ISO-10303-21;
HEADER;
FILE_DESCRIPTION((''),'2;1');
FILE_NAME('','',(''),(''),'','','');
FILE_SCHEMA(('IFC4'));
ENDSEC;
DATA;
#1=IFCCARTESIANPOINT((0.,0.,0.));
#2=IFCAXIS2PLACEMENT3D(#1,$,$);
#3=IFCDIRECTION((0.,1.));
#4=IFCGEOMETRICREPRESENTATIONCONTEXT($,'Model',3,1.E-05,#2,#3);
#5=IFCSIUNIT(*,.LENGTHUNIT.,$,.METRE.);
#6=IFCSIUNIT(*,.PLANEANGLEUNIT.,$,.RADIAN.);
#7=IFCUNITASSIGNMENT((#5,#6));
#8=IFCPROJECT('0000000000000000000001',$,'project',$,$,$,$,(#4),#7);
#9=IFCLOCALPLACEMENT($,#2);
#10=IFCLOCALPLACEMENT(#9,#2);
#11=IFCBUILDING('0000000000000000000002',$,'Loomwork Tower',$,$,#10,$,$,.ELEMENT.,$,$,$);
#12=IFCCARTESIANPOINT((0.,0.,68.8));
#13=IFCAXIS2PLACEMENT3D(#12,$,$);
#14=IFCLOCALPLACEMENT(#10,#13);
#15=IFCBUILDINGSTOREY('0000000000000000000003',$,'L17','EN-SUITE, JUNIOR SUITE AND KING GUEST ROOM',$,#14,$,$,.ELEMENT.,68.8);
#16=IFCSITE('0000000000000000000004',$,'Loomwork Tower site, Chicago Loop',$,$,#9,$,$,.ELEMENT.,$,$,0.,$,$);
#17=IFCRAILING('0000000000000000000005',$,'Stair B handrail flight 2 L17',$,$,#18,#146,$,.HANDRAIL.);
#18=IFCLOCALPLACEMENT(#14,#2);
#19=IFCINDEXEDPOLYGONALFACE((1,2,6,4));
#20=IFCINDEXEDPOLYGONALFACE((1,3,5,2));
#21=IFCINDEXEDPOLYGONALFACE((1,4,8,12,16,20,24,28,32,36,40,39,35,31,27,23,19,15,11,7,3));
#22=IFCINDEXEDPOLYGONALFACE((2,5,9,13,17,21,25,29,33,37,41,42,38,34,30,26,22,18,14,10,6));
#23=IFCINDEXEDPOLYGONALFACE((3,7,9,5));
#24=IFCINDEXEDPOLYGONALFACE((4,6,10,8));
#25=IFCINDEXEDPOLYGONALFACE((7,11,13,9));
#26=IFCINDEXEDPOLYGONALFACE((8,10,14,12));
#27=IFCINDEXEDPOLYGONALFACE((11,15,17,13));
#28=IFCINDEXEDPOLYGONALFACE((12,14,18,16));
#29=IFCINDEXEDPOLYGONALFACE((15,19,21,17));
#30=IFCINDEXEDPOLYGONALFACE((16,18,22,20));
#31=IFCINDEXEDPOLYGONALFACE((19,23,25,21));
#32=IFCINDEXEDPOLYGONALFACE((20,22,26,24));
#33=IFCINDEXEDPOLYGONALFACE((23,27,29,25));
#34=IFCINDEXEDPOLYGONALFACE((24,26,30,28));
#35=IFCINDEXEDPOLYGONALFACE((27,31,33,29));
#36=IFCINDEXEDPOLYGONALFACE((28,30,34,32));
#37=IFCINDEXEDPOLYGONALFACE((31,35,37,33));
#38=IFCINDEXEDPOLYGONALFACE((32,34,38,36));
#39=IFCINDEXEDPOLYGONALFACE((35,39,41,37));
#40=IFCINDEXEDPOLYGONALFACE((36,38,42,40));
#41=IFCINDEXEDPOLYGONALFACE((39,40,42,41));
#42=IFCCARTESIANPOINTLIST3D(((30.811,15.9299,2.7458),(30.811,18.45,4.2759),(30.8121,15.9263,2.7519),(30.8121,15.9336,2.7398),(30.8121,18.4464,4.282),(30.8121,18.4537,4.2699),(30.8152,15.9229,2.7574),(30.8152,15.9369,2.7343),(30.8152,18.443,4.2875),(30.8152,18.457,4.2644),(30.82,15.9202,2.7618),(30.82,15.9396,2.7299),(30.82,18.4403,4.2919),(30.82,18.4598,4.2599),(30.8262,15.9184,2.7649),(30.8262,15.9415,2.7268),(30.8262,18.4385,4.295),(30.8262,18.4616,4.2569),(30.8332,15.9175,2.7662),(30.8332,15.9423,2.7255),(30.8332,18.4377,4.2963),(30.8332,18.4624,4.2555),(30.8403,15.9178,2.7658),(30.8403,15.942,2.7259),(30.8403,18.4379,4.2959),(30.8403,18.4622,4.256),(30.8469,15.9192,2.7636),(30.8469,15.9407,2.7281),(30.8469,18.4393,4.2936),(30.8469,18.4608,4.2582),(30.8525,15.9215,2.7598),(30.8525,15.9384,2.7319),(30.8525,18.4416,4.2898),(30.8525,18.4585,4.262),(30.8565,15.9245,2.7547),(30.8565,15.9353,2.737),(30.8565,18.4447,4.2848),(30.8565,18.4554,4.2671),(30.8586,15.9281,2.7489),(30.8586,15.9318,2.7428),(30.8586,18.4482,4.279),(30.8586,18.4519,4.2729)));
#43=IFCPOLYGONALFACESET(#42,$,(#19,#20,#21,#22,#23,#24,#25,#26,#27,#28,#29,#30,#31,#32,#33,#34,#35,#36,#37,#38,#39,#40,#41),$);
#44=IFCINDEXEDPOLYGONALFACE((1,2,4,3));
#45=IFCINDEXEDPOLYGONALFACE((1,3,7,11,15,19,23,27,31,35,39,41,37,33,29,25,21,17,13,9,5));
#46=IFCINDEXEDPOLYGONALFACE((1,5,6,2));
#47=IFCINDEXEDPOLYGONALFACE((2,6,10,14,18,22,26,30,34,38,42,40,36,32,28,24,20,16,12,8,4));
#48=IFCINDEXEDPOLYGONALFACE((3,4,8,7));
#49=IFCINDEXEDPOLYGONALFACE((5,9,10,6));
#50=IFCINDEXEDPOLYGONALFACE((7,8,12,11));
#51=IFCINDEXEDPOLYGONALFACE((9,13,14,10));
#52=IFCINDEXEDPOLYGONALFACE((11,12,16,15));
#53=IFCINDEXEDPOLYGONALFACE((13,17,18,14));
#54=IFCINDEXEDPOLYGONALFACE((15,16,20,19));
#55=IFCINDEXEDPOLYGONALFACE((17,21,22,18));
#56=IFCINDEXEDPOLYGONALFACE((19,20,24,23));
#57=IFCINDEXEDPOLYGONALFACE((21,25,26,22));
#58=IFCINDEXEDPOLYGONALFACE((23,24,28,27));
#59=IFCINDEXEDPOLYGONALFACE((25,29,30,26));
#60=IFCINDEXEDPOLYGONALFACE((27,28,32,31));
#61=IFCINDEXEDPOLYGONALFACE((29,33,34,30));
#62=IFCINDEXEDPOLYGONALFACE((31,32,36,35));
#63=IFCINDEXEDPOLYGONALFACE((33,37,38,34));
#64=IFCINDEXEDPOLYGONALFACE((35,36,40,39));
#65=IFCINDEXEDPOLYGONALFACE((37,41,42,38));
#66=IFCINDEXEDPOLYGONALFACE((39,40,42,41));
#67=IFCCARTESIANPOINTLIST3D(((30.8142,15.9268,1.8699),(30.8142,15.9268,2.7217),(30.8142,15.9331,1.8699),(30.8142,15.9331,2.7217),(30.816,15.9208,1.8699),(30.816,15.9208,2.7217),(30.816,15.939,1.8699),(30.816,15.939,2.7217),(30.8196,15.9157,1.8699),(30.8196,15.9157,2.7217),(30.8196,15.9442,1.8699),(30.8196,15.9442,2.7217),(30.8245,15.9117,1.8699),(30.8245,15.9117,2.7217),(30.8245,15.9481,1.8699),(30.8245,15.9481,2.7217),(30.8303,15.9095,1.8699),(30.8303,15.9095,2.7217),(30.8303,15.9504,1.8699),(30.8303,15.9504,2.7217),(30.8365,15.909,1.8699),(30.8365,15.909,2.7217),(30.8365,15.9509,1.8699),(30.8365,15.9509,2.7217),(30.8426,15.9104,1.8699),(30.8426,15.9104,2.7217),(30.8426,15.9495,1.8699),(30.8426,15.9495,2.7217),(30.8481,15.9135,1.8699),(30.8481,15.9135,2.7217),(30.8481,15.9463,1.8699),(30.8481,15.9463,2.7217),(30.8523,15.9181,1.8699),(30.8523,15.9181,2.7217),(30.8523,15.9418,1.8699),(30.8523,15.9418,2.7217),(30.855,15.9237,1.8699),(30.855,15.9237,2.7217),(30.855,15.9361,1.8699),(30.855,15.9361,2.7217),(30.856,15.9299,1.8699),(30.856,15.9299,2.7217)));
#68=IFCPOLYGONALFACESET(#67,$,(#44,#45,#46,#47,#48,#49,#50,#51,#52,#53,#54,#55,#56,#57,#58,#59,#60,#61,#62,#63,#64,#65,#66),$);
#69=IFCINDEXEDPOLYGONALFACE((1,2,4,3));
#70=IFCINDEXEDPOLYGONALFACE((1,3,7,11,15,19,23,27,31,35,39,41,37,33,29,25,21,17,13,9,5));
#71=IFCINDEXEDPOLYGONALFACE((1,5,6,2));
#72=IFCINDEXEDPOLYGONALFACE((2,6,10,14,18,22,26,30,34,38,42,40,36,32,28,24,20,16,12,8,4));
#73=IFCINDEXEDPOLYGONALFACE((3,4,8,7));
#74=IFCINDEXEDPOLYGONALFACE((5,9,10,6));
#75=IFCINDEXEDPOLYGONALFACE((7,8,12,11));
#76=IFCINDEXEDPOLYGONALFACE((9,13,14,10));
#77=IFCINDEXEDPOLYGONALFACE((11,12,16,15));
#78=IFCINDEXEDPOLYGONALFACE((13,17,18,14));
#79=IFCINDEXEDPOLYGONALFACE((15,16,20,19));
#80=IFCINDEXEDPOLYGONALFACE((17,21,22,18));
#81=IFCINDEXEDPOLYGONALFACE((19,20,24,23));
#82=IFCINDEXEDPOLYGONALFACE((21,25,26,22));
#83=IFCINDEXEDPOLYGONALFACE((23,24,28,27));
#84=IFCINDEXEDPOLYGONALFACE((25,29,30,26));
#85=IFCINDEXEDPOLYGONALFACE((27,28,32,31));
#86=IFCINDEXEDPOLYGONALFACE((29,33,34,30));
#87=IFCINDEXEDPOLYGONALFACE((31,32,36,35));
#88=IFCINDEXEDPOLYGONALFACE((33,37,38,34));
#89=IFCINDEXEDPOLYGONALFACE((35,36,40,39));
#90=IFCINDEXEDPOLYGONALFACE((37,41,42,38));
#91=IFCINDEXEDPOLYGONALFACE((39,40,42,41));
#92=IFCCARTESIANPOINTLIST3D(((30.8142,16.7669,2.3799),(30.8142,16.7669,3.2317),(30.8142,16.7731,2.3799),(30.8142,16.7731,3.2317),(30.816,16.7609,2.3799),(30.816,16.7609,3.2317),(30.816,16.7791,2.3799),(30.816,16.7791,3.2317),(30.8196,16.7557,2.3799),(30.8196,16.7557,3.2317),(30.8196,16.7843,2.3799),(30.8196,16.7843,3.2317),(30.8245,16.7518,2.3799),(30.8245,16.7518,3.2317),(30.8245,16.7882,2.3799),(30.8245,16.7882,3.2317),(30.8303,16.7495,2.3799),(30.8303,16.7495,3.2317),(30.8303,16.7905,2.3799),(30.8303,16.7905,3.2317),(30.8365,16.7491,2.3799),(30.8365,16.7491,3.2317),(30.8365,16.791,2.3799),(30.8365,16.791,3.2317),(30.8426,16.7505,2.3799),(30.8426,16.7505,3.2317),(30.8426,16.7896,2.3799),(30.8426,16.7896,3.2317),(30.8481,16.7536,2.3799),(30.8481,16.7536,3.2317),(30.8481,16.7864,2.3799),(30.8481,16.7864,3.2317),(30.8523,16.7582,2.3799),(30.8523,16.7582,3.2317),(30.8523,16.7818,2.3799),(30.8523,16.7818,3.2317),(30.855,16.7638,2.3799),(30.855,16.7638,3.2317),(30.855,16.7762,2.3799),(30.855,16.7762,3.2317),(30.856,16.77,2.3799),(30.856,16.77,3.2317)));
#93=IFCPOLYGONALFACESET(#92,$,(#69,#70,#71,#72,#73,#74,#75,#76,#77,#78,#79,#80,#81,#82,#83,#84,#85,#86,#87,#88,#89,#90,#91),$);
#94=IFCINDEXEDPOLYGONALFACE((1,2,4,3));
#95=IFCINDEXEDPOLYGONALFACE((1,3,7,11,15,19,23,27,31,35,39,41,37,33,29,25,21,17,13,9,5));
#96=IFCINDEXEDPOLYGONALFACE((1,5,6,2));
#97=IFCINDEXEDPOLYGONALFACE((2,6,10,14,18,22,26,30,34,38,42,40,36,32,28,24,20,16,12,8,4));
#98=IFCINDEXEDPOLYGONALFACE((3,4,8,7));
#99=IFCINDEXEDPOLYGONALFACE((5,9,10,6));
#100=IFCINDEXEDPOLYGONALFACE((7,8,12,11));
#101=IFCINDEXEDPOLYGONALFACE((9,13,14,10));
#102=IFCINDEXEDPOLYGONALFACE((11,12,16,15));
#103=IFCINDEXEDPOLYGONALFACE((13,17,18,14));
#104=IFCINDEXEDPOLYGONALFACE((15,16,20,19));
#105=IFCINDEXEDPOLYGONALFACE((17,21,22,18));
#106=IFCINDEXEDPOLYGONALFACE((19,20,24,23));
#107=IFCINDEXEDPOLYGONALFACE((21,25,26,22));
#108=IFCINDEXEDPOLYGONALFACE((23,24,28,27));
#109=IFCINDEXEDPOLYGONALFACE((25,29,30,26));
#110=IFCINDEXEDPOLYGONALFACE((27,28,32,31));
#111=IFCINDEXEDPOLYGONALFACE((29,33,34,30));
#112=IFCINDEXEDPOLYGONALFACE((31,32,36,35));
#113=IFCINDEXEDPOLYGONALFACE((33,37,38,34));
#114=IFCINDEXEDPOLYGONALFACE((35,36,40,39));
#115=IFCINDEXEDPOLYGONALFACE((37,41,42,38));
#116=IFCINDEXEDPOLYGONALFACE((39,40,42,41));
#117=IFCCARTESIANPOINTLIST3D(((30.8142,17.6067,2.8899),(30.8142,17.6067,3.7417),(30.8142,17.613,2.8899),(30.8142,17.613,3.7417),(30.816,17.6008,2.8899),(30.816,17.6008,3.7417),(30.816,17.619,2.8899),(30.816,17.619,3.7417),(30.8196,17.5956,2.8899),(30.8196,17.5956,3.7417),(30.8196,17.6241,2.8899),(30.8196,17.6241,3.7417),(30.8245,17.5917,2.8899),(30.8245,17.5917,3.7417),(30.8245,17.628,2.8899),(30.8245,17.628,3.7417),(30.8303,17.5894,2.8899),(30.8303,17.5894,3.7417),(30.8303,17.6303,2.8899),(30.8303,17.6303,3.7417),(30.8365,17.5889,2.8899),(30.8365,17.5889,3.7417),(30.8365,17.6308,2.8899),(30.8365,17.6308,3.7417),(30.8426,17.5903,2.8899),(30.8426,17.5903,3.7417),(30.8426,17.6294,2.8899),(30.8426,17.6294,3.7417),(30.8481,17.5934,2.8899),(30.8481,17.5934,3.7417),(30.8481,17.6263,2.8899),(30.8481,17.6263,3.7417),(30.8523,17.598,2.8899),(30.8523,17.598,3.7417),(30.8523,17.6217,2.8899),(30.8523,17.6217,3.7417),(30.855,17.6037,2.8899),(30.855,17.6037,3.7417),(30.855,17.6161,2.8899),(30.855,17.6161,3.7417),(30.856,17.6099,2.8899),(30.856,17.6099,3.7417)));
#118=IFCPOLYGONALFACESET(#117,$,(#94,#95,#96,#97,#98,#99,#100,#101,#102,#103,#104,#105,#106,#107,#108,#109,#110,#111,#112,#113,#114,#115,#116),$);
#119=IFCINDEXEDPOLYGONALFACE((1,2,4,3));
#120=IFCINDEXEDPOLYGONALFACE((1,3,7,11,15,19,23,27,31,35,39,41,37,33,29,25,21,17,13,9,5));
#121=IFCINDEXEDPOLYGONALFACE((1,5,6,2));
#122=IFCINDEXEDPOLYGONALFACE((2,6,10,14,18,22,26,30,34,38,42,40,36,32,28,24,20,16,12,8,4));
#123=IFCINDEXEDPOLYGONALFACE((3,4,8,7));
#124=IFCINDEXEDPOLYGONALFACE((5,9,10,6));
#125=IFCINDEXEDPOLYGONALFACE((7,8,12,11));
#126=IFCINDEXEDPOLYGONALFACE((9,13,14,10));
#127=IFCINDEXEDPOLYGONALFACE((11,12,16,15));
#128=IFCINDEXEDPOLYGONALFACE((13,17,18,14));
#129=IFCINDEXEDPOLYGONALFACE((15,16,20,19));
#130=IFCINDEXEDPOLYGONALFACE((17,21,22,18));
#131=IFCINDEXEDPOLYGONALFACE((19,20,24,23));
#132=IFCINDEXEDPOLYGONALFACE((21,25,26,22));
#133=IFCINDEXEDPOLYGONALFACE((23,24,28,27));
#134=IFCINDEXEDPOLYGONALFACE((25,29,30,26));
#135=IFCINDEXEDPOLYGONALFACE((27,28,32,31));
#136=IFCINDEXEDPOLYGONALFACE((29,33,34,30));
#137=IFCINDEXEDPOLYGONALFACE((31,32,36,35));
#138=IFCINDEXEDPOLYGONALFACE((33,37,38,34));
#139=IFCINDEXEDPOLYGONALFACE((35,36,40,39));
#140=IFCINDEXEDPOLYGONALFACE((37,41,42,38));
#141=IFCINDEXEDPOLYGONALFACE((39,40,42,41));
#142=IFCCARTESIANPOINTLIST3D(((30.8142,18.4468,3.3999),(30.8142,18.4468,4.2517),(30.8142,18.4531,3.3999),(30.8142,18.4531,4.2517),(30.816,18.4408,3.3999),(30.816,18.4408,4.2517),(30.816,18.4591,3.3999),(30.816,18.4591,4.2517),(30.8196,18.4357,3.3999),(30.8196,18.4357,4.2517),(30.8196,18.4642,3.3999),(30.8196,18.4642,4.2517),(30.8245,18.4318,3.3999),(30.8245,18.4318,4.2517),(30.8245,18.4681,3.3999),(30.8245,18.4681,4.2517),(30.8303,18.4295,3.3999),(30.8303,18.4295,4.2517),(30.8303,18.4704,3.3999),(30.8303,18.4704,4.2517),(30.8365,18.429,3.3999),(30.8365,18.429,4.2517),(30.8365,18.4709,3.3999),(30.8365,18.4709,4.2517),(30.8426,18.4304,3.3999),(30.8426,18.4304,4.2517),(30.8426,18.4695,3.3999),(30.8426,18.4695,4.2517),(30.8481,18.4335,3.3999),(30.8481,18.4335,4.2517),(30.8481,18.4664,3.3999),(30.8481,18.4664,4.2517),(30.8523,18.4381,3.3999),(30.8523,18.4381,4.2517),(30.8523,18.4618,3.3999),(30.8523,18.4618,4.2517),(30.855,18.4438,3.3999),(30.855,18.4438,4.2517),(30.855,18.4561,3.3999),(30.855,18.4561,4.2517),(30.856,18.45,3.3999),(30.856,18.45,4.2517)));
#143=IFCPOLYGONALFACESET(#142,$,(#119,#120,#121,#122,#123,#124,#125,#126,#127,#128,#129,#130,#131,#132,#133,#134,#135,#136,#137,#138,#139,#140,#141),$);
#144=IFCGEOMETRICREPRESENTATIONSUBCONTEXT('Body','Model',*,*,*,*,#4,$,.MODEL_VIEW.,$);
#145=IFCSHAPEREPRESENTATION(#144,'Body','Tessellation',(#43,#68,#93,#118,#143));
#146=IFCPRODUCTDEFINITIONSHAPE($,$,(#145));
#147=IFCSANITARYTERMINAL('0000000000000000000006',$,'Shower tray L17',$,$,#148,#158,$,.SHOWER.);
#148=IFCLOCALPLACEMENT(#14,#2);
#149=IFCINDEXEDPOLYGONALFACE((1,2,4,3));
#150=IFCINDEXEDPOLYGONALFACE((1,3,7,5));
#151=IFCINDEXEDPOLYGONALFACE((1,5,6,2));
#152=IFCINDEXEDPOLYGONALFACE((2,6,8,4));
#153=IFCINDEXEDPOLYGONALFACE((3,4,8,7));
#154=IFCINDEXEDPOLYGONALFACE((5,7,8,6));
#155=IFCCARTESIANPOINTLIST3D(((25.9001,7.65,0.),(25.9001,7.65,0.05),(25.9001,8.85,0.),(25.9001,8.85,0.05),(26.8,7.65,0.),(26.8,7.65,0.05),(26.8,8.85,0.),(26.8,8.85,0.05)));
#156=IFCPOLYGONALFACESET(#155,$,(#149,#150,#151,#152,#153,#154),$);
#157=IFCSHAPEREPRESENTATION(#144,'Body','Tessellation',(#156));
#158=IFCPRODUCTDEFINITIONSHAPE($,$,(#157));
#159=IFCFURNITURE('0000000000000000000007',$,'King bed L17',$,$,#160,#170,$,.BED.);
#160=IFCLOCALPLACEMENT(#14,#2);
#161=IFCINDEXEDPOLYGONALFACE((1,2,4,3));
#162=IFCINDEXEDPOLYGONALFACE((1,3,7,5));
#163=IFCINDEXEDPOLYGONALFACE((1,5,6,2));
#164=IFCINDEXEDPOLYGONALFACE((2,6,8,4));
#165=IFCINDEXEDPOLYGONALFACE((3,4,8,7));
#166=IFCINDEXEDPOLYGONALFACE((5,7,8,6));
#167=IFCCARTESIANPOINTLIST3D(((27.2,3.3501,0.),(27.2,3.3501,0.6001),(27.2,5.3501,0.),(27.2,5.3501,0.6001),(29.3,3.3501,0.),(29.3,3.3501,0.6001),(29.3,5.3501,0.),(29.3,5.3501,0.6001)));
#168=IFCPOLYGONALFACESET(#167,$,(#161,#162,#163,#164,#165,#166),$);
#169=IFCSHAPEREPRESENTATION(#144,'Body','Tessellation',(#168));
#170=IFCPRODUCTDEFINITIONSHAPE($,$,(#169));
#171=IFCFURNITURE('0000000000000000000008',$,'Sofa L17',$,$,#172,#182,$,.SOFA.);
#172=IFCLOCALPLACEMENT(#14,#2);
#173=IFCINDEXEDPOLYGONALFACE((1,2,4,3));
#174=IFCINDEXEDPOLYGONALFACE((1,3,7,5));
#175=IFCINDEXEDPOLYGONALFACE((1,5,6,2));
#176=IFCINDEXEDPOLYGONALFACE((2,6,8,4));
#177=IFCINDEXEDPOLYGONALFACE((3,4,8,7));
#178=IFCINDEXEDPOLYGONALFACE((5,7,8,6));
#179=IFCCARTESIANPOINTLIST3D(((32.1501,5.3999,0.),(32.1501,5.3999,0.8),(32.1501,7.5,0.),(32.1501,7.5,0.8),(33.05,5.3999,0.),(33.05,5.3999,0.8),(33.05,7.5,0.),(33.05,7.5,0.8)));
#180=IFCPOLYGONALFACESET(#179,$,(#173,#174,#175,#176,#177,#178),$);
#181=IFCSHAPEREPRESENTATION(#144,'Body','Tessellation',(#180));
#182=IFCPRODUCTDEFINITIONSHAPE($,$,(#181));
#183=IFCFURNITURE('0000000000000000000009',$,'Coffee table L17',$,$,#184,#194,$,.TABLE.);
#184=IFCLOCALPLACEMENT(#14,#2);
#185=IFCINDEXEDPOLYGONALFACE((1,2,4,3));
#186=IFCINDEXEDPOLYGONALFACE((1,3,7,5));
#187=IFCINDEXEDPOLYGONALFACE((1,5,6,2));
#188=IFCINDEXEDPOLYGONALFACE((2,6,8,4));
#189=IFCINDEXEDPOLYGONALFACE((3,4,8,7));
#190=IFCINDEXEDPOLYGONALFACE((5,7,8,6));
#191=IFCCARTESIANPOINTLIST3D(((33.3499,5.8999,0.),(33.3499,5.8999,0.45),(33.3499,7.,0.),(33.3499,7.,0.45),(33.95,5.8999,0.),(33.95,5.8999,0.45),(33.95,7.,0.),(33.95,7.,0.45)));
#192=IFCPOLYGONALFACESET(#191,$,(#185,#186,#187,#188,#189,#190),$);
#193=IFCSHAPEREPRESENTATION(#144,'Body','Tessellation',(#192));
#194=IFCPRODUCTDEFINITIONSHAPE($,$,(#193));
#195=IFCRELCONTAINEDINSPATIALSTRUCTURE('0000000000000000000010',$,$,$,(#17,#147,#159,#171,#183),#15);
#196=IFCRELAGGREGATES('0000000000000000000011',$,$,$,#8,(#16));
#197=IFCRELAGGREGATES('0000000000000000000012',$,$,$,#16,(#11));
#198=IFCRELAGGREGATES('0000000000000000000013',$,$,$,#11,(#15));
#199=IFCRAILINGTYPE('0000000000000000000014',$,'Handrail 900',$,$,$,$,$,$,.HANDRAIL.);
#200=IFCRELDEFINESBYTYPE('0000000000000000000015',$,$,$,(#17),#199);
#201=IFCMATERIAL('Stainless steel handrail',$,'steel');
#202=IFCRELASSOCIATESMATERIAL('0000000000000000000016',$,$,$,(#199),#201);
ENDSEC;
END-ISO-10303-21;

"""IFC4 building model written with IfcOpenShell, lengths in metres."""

from ifc_helpers import new_model, si_unit, direction, frame, origin, origin_2d, place, context, subcontext, project, spatial, rectangle, circle, extrude, material, type_object, element, save


model = new_model("IFC4")

# Units and contexts
model_context = context("Model", 3, precision=1e-05, world=origin(), true_north=direction((0.0, 1.0)))
body_context = subcontext(model_context, "Body", "Model", "MODEL_VIEW")
ifc_project = project(units=[si_unit("LENGTHUNIT", "METRE"), si_unit("PLANEANGLEUNIT", "RADIAN")], contexts=[model_context])

# Site, building, storey
site_placement = place(None, origin())
site = spatial("IfcSite", under=ifc_project, at=site_placement, Name="Loomwork Tower site, Chicago Loop", CompositionType="ELEMENT", RefElevation=0.0)
building_placement = place(site_placement, origin())
building = spatial("IfcBuilding", under=site, at=building_placement, Name="Loomwork Tower", CompositionType="ELEMENT")
storey_placement = place(building_placement, frame((0.0, 0.0, 68.8)))
storey = spatial("IfcBuildingStorey", under=building, at=storey_placement, Name="L17", Description="EN-SUITE, JUNIOR SUITE AND KING GUEST ROOM", CompositionType="ELEMENT", Elevation=68.8)

# Railing
ifc_material_1 = material(Name="Stainless steel handrail", Category="steel")
railing_type = type_object("IfcRailingType", Name="Handrail 900", PredefinedType="HANDRAIL", material=ifc_material_1)
railing_placement = place(storey_placement, frame((30.835, 15.9299, 1.8699)))
element("IfcRailing", 1, at=railing_placement, inside=storey, type_object=railing_type, Name="Stair B handrail flight 2 L17", PredefinedType="HANDRAIL", context=body_context, shape_type="SweptSolid", body=[
    extrude(circle(Radius=0.0239, at=origin_2d()), frame((0.0, 0.0, 0.876), z_axis=(0.0, 0.854785, 0.518982), x_axis=(-1.0, 0.0, 0.0)), (0.0, 0.0, 1.0), 2.9482),
    extrude(circle(Radius=0.021, at=origin_2d()), origin(), (0.0, 0.0, 1.0), 0.8518),
    extrude(circle(Radius=0.021, at=origin_2d()), frame((0.0, 0.8401, 0.51)), (0.0, 0.0, 1.0), 0.8518),
    extrude(circle(Radius=0.021, at=origin_2d()), frame((0.0, 1.6799, 1.02)), (0.0, 0.0, 1.0), 0.8518),
    extrude(circle(Radius=0.021, at=origin_2d()), frame((0.0, 2.52, 1.53)), (0.0, 0.0, 1.0), 0.8518),
])

# Sanitary terminal
sanitary_terminal_placement = place(storey_placement, frame((26.3501, 8.25, 0.0), z_axis=(0.0, 0.0, 1.0), x_axis=(1.0, 0.0, 0.0)))
element("IfcSanitaryTerminal", 2, at=sanitary_terminal_placement, inside=storey, Name="Shower tray L17", PredefinedType="SHOWER", context=body_context, shape_type="SweptSolid", body=[
    extrude(rectangle(XDim=0.8999, YDim=1.2, at=origin_2d()), origin(), (0.0, 0.0, 1.0), 0.05),
])

# Furniture
furniture_1_placement = place(storey_placement, frame((28.25, 4.3501, 0.0), z_axis=(0.0, 0.0, 1.0), x_axis=(1.0, 0.0, 0.0)))
element("IfcFurniture", 3, at=furniture_1_placement, inside=storey, Name="King bed L17", PredefinedType="BED", context=body_context, shape_type="SweptSolid", body=[
    extrude(rectangle(XDim=2.1001, YDim=2.0, at=origin_2d()), origin(), (0.0, 0.0, 1.0), 0.6001),
])
furniture_2_placement = place(storey_placement, frame((32.6001, 6.45, 0.0), z_axis=(0.0, 0.0, 1.0), x_axis=(1.0, 0.0, 0.0)))
element("IfcFurniture", 4, at=furniture_2_placement, inside=storey, Name="Sofa L17", PredefinedType="SOFA", context=body_context, shape_type="SweptSolid", body=[
    extrude(rectangle(XDim=0.8999, YDim=2.1001, at=origin_2d()), origin(), (0.0, 0.0, 1.0), 0.8),
])
furniture_3_placement = place(storey_placement, frame((33.6499, 6.45, 0.0), z_axis=(0.0, 0.0, 1.0), x_axis=(1.0, 0.0, 0.0)))
element("IfcFurniture", 5, at=furniture_3_placement, inside=storey, Name="Coffee table L17", PredefinedType="TABLE", context=body_context, shape_type="SweptSolid", body=[
    extrude(rectangle(XDim=0.6001, YDim=1.1001, at=origin_2d()), origin(), (0.0, 0.0, 1.0), 0.45),
])

save(model, "model.ifc")
